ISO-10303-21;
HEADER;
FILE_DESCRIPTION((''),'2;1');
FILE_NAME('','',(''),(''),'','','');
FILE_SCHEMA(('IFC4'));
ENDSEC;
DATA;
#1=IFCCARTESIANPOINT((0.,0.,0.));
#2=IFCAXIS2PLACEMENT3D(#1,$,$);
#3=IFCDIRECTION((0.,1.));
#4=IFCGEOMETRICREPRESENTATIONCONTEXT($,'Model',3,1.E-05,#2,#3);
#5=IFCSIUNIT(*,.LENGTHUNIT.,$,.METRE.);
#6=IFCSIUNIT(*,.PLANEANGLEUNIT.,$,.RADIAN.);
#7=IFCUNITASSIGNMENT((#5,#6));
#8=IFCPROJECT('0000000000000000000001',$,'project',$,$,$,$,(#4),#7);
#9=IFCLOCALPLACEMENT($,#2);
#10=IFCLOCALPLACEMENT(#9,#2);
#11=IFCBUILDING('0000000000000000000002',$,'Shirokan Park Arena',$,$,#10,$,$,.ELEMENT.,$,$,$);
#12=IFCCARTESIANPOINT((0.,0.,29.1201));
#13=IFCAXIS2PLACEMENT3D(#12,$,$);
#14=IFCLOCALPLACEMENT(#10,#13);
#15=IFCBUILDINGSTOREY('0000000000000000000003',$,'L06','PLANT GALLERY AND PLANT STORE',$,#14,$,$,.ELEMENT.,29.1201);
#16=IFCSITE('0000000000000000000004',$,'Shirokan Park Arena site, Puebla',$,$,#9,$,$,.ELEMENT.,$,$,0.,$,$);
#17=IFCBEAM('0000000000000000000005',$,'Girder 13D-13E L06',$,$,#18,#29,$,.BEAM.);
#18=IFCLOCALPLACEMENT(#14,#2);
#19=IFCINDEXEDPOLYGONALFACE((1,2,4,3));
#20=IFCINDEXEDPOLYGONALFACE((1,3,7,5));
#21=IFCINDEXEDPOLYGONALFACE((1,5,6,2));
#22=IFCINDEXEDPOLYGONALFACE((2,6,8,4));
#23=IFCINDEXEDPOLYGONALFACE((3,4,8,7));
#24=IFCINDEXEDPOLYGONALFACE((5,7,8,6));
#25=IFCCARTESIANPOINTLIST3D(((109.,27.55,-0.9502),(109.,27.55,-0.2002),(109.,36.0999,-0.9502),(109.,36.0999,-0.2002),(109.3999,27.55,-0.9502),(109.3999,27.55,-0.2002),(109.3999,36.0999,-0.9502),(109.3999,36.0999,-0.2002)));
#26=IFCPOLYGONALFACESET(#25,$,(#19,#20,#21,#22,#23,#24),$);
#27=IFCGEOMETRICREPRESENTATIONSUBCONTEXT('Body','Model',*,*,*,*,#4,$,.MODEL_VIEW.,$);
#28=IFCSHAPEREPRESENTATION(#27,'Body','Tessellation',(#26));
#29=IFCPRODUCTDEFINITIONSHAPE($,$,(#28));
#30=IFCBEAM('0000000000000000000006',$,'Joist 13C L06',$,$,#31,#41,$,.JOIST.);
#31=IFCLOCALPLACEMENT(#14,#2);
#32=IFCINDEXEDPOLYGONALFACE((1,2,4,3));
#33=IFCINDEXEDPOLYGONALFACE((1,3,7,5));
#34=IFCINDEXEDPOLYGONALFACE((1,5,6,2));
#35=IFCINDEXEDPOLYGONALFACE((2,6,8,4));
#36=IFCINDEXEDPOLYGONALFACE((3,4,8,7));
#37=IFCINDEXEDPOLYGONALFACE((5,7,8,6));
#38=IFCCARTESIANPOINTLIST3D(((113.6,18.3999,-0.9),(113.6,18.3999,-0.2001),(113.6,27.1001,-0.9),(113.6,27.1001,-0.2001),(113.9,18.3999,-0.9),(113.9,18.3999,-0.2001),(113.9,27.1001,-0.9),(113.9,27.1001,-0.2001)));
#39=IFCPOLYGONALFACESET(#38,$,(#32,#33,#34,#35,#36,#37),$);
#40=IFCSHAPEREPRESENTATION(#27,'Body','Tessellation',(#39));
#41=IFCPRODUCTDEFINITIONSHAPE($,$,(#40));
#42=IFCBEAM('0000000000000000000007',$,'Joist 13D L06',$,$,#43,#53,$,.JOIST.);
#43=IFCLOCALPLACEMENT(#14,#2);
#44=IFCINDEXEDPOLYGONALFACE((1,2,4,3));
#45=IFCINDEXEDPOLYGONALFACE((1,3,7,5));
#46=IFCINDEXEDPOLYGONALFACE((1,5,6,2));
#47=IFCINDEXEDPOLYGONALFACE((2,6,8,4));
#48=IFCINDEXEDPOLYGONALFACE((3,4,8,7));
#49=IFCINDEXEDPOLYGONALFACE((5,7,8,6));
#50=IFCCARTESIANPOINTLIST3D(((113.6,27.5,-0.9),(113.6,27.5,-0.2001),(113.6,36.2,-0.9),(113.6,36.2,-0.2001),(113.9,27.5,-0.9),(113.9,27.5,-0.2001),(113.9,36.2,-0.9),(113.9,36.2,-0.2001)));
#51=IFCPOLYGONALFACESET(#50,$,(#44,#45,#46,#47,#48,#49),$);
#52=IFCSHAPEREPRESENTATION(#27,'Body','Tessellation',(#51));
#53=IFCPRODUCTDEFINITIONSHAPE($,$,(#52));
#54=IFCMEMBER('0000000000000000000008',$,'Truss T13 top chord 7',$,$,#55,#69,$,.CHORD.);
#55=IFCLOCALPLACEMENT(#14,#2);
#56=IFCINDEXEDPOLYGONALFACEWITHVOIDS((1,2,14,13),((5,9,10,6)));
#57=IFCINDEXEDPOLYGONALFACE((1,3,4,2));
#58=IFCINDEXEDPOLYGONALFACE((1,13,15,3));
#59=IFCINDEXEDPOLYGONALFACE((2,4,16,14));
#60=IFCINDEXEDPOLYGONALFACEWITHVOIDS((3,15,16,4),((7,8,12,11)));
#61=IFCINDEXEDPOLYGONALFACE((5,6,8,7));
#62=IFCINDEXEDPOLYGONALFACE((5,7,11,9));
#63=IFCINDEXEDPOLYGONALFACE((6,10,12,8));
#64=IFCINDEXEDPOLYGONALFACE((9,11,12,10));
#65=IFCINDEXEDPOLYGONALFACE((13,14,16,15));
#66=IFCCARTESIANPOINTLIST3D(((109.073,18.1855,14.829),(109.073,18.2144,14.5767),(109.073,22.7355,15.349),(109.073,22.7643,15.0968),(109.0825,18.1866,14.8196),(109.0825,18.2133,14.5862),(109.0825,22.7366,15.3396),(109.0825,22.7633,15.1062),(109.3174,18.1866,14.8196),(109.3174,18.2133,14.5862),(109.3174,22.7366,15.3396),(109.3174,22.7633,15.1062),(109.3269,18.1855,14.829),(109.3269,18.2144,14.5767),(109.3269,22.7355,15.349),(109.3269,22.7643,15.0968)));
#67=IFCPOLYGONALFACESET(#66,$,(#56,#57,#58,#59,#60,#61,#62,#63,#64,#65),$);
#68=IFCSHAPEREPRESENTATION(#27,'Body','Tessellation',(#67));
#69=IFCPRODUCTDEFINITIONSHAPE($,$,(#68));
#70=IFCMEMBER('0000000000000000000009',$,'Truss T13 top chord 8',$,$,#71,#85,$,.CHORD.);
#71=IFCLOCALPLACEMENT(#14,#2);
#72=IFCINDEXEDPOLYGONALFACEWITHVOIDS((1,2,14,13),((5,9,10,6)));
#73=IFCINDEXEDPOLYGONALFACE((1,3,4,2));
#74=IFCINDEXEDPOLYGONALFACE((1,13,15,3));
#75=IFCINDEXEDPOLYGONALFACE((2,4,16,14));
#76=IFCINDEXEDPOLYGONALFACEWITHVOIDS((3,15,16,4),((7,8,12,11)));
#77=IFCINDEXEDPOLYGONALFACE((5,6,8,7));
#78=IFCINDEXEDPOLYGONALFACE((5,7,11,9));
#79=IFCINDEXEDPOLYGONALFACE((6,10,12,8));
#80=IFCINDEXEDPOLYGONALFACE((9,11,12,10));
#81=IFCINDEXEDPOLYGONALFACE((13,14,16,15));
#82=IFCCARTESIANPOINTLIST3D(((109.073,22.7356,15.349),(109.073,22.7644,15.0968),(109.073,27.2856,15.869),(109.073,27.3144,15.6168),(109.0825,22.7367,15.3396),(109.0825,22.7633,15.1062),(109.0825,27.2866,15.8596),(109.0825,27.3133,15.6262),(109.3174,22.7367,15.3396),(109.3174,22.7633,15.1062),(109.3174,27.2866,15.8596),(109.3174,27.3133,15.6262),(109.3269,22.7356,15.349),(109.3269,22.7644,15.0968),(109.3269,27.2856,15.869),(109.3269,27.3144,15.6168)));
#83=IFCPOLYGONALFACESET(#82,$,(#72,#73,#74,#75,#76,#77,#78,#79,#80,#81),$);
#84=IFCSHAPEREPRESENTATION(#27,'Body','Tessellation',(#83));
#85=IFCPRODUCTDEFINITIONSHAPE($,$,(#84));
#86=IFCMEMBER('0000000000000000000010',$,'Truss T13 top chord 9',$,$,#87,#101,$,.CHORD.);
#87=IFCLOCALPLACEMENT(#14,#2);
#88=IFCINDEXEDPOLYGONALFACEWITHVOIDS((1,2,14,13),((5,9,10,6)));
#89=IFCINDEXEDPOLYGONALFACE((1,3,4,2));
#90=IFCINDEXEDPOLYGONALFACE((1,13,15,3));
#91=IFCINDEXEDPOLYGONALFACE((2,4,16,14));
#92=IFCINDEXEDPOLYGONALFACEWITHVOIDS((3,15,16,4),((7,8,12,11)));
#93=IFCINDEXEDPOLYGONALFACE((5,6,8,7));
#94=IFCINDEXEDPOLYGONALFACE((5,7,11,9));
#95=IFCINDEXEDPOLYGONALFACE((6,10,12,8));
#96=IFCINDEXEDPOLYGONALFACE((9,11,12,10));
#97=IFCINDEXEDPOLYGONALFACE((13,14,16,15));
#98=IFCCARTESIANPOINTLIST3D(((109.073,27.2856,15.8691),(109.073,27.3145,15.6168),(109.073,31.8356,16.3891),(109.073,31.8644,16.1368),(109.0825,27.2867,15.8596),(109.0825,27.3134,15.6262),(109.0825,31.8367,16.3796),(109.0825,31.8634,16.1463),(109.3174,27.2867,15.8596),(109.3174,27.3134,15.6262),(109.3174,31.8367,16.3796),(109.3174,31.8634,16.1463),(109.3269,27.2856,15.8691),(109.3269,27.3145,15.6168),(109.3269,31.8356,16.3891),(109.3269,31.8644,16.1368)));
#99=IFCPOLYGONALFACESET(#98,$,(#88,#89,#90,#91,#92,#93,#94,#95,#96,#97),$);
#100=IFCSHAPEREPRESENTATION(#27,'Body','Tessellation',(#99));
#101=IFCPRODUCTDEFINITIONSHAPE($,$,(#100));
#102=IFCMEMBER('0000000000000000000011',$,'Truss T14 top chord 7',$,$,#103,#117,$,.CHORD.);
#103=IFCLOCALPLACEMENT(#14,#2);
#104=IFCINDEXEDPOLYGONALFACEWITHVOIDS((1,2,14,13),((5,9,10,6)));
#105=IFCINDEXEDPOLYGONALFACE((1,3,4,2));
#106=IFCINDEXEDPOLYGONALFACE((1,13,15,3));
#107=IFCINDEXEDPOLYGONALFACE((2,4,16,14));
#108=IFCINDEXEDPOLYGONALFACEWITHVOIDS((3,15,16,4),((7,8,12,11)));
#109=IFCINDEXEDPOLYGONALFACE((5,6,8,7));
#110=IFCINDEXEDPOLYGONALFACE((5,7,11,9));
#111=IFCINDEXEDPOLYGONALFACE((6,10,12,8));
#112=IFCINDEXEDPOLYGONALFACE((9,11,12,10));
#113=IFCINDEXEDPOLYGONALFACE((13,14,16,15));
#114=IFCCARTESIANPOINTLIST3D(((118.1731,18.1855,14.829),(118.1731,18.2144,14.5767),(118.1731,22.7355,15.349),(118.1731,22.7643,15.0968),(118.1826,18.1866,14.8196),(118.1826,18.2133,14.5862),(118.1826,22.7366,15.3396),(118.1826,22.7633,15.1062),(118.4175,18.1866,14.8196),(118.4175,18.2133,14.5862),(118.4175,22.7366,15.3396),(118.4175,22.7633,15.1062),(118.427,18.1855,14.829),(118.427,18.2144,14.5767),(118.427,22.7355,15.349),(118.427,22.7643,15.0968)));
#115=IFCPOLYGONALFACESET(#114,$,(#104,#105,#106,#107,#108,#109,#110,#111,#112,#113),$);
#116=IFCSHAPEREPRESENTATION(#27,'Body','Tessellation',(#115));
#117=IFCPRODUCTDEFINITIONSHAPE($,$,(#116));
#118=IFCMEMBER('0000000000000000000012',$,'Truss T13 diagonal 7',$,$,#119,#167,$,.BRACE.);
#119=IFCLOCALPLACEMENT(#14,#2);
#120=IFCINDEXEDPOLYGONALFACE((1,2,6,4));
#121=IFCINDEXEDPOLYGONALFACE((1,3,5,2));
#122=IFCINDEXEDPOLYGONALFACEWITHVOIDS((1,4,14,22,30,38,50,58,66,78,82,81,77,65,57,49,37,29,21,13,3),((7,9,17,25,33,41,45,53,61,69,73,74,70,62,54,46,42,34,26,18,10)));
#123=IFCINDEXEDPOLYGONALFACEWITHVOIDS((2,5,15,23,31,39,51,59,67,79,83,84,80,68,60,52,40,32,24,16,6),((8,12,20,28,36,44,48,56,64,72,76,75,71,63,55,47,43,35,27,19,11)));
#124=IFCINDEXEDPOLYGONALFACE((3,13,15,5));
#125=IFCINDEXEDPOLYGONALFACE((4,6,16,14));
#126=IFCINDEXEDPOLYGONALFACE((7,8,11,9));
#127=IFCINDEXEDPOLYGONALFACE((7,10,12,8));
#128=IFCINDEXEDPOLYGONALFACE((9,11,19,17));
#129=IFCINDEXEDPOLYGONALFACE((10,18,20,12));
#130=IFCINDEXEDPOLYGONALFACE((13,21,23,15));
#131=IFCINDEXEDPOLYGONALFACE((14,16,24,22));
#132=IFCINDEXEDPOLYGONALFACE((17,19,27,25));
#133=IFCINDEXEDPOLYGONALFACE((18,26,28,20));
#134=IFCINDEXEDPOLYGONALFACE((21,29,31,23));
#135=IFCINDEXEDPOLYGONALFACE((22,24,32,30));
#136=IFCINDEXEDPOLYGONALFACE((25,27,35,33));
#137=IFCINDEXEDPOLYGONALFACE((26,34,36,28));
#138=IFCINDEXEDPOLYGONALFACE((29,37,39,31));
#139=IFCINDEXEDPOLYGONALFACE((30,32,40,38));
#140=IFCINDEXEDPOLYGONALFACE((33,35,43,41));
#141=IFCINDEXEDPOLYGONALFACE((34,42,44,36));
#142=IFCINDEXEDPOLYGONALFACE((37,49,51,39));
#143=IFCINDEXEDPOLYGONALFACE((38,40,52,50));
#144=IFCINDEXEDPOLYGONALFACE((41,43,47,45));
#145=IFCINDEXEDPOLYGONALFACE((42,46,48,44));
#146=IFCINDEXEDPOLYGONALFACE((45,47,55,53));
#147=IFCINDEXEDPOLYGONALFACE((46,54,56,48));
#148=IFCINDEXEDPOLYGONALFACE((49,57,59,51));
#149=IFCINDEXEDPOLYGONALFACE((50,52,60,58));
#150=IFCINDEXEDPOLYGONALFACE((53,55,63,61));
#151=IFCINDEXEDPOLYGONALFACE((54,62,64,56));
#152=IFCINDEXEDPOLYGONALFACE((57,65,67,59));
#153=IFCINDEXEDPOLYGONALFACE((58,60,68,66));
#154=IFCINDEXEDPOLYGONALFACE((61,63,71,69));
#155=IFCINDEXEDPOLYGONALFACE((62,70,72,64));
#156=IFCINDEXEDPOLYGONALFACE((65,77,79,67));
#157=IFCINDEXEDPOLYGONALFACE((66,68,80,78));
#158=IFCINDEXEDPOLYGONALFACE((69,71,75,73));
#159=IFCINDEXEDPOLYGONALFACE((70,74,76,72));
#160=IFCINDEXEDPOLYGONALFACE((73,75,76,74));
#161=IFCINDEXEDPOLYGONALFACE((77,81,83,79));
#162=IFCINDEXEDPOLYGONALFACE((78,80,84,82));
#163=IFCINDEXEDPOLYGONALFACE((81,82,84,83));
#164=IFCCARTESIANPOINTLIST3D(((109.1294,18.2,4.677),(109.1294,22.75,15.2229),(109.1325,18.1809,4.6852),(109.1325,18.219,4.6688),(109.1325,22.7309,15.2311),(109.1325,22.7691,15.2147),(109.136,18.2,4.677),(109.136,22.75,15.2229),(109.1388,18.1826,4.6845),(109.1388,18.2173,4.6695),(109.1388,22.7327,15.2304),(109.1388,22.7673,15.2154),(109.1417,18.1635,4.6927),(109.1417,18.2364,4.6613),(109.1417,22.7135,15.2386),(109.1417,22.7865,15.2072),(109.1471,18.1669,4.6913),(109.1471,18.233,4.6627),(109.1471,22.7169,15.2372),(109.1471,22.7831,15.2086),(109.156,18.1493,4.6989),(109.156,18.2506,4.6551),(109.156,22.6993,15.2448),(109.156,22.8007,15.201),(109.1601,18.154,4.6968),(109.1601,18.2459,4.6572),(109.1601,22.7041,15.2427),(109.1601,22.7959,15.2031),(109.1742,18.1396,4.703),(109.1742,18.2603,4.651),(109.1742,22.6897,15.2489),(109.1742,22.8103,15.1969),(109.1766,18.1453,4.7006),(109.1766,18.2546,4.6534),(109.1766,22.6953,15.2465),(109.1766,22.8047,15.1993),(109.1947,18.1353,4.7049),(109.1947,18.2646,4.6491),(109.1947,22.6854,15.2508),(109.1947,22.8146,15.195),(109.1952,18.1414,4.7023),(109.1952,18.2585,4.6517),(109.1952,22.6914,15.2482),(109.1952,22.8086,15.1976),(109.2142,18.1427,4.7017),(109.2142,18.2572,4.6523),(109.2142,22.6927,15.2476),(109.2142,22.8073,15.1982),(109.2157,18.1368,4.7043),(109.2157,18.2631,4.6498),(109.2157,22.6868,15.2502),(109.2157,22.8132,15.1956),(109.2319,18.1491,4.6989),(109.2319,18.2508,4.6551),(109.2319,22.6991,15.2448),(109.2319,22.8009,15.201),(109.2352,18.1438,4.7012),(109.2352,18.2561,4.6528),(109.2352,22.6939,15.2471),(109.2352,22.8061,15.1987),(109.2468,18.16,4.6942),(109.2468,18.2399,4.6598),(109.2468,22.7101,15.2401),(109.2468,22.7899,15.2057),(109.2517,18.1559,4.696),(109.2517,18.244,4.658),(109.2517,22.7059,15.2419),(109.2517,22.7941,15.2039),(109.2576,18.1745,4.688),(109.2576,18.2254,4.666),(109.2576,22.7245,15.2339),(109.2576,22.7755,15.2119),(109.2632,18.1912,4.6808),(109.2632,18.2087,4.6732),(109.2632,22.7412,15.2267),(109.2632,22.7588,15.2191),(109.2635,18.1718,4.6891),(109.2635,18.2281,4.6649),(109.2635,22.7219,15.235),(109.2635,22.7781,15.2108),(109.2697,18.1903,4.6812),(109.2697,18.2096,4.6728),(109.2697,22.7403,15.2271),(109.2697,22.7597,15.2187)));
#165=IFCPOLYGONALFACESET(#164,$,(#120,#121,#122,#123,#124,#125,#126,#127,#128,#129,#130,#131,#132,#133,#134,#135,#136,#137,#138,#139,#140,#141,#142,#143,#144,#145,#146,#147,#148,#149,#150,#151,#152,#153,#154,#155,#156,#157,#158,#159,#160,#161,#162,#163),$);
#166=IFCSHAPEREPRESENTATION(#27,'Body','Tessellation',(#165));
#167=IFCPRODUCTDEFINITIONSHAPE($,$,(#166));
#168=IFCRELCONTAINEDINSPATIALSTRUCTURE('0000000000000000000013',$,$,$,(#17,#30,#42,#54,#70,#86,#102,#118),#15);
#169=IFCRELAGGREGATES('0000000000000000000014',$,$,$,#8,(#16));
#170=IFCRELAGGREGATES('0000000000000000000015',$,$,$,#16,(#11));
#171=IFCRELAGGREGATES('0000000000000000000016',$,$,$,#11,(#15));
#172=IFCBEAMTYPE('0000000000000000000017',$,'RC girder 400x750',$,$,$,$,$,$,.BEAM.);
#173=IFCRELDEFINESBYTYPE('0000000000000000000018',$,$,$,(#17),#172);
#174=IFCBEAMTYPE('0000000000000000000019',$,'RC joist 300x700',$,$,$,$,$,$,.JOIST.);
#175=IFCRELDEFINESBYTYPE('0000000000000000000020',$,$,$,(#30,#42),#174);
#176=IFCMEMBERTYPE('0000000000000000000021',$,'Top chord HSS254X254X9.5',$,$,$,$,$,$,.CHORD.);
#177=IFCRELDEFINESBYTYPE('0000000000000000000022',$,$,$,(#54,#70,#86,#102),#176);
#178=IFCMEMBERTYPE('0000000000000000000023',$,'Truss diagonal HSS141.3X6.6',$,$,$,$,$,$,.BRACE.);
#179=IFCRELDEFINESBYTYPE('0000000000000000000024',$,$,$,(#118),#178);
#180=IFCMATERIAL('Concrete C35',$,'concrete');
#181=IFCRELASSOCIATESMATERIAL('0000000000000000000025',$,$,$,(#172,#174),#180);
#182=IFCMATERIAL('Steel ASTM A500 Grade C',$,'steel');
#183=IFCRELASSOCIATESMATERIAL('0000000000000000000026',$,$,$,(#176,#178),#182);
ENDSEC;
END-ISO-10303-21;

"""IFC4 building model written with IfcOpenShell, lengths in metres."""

from ifc_helpers import new_model, si_unit, direction, frame, origin, origin_2d, place, context, subcontext, project, spatial, rectangle, hollow_rectangle, hollow_circle, extrude, material, material_profile, profile_set, type_object, element, save


model = new_model("IFC4")

# Units and contexts
model_context = context("Model", 3, precision=1e-05, world=origin(), true_north=direction((0.0, 1.0)))
body_context = subcontext(model_context, "Body", "Model", "MODEL_VIEW")
ifc_project = project(units=[si_unit("LENGTHUNIT", "METRE"), si_unit("PLANEANGLEUNIT", "RADIAN")], contexts=[model_context])

# Site, building, storey
site_placement = place(None, origin())
site = spatial("IfcSite", under=ifc_project, at=site_placement, Name="Shirokan Park Arena site, Puebla", CompositionType="ELEMENT", RefElevation=0.0)
building_placement = place(site_placement, origin())
building = spatial("IfcBuilding", under=site, at=building_placement, Name="Shirokan Park Arena", CompositionType="ELEMENT")
storey_placement = place(building_placement, frame((0.0, 0.0, 29.1201)))
storey = spatial("IfcBuildingStorey", under=building, at=storey_placement, Name="L06", Description="PLANT GALLERY AND PLANT STORE", CompositionType="ELEMENT", Elevation=29.1201)

# Shared definitions
ifc_material_1 = material(Name="Concrete C35", Category="concrete")

# Shared definitions
ifc_material_2 = material(Name="Steel ASTM A500 Grade C", Category="steel")

# Beams
ifc_material_profile_1 = material_profile(ifc_material_1, rectangle(XDim=0.3999, YDim=0.75, at=origin_2d()), Name="400x750")
ifc_profile_set_1 = profile_set([ifc_material_profile_1], Name="Concrete C35")
beam_type_1 = type_object("IfcBeamType", Name="RC girder 400x750", PredefinedType="BEAM", material=ifc_profile_set_1)
beam_1_placement = place(storey_placement, frame((109.2, 27.55, -0.5752), z_axis=(0.0, 1.0, 0.0), x_axis=(-1.0, 0.0, 0.0)))
element("IfcBeam", 1, at=beam_1_placement, inside=storey, type_object=beam_type_1, Name="Girder 13D-13E L06", PredefinedType="BEAM", context=body_context, shape_type="SweptSolid", body=[
    extrude(rectangle(XDim=0.3999, YDim=0.75, at=origin_2d()), origin(), (0.0, 0.0, 1.0), 8.5498),
])
ifc_material_profile_2 = material_profile(ifc_material_1, rectangle(XDim=0.3, YDim=0.7, at=origin_2d()), Name="300x700")
ifc_profile_set_2 = profile_set([ifc_material_profile_2], Name="Concrete C35")
beam_type_2 = type_object("IfcBeamType", Name="RC joist 300x700", PredefinedType="JOIST", material=ifc_profile_set_2)
beam_2_placement = place(storey_placement, frame((113.75, 18.3999, -0.55), z_axis=(0.0, 1.0, 0.0), x_axis=(-1.0, 0.0, 0.0)))
element("IfcBeam", 2, at=beam_2_placement, inside=storey, type_object=beam_type_2, Name="Joist 13C L06", PredefinedType="JOIST", context=body_context, shape_type="SweptSolid", body=[
    extrude(rectangle(XDim=0.3, YDim=0.7, at=origin_2d()), origin(), (0.0, 0.0, 1.0), 8.7002),
])
beam_3_placement = place(storey_placement, frame((113.75, 27.5, -0.55), z_axis=(0.0, 1.0, 0.0), x_axis=(-1.0, 0.0, 0.0)))
element("IfcBeam", 3, at=beam_3_placement, inside=storey, type_object=beam_type_2, Name="Joist 13D L06", PredefinedType="JOIST", context=body_context, shape_type="SweptSolid", body=[
    extrude(rectangle(XDim=0.3, YDim=0.7, at=origin_2d()), origin(), (0.0, 0.0, 1.0), 8.7),
])

# Members
ifc_material_profile_3 = material_profile(ifc_material_2, hollow_rectangle(XDim=0.2539, YDim=0.2539, WallThickness=0.0095, at=origin_2d()), Name="HSS254X254X9.5")
ifc_profile_set_3 = profile_set([ifc_material_profile_3], Name="Steel ASTM A500 Grade C")
member_type_1 = type_object("IfcMemberType", Name="Top chord HSS254X254X9.5", PredefinedType="CHORD", material=ifc_profile_set_3)
for number, where, z_axis, x_axis, name in (
    (4, (109.2, 18.2, 14.7029), (0.0, 0.993532, 0.11355), (-1.0, 0.0, 0.0), "Truss T13 top chord 7"),
    (5, (109.2, 22.75, 15.2229), (0.0, 0.993532, 0.11355), (-1.0, 0.0, 0.0), "Truss T13 top chord 8"),
    (6, (109.2, 27.3, 15.7429), (0.0, 0.993532, 0.11355), (-1.0, 0.0, 0.0), "Truss T13 top chord 9"),
    (7, (118.3, 18.2, 14.7029), (0.0, 0.993532, 0.11355), (-1.0, 0.0, 0.0), "Truss T14 top chord 7"),
):
    element("IfcMember", number, at=place(storey_placement, frame(where, z_axis=z_axis, x_axis=x_axis)), inside=storey, type_object=member_type_1, Name=name, PredefinedType="CHORD", context=body_context, shape_type="SweptSolid", body=[
        extrude(hollow_rectangle(XDim=0.2539, YDim=0.2539, WallThickness=0.0095, at=origin_2d()), origin(), (0.0, 0.0, 1.0), 4.5796),
    ])
ifc_material_profile_4 = material_profile(ifc_material_2, hollow_circle(Radius=0.0706, WallThickness=0.0066, at=origin_2d()), Name="HSS141.3X6.6")
ifc_profile_set_4 = profile_set([ifc_material_profile_4], Name="Steel ASTM A500 Grade C")
member_type_2 = type_object("IfcMemberType", Name="Truss diagonal HSS141.3X6.6", PredefinedType="BRACE", material=ifc_profile_set_4)
for number, where, z_axis, x_axis, name in (
    (8, (109.2, 18.2, 4.677), (0.0, 0.396153, 0.918185), (-1.0, 0.0, 0.0), "Truss T13 diagonal 7"),
):
    element("IfcMember", number, at=place(storey_placement, frame(where, z_axis=z_axis, x_axis=x_axis)), inside=storey, type_object=member_type_2, Name=name, PredefinedType="BRACE", context=body_context, shape_type="SweptSolid", body=[
        extrude(hollow_circle(Radius=0.0706, WallThickness=0.0066, at=origin_2d()), origin(), (0.0, 0.0, 1.0), 11.4856),
    ])

save(model, "model.ifc")
